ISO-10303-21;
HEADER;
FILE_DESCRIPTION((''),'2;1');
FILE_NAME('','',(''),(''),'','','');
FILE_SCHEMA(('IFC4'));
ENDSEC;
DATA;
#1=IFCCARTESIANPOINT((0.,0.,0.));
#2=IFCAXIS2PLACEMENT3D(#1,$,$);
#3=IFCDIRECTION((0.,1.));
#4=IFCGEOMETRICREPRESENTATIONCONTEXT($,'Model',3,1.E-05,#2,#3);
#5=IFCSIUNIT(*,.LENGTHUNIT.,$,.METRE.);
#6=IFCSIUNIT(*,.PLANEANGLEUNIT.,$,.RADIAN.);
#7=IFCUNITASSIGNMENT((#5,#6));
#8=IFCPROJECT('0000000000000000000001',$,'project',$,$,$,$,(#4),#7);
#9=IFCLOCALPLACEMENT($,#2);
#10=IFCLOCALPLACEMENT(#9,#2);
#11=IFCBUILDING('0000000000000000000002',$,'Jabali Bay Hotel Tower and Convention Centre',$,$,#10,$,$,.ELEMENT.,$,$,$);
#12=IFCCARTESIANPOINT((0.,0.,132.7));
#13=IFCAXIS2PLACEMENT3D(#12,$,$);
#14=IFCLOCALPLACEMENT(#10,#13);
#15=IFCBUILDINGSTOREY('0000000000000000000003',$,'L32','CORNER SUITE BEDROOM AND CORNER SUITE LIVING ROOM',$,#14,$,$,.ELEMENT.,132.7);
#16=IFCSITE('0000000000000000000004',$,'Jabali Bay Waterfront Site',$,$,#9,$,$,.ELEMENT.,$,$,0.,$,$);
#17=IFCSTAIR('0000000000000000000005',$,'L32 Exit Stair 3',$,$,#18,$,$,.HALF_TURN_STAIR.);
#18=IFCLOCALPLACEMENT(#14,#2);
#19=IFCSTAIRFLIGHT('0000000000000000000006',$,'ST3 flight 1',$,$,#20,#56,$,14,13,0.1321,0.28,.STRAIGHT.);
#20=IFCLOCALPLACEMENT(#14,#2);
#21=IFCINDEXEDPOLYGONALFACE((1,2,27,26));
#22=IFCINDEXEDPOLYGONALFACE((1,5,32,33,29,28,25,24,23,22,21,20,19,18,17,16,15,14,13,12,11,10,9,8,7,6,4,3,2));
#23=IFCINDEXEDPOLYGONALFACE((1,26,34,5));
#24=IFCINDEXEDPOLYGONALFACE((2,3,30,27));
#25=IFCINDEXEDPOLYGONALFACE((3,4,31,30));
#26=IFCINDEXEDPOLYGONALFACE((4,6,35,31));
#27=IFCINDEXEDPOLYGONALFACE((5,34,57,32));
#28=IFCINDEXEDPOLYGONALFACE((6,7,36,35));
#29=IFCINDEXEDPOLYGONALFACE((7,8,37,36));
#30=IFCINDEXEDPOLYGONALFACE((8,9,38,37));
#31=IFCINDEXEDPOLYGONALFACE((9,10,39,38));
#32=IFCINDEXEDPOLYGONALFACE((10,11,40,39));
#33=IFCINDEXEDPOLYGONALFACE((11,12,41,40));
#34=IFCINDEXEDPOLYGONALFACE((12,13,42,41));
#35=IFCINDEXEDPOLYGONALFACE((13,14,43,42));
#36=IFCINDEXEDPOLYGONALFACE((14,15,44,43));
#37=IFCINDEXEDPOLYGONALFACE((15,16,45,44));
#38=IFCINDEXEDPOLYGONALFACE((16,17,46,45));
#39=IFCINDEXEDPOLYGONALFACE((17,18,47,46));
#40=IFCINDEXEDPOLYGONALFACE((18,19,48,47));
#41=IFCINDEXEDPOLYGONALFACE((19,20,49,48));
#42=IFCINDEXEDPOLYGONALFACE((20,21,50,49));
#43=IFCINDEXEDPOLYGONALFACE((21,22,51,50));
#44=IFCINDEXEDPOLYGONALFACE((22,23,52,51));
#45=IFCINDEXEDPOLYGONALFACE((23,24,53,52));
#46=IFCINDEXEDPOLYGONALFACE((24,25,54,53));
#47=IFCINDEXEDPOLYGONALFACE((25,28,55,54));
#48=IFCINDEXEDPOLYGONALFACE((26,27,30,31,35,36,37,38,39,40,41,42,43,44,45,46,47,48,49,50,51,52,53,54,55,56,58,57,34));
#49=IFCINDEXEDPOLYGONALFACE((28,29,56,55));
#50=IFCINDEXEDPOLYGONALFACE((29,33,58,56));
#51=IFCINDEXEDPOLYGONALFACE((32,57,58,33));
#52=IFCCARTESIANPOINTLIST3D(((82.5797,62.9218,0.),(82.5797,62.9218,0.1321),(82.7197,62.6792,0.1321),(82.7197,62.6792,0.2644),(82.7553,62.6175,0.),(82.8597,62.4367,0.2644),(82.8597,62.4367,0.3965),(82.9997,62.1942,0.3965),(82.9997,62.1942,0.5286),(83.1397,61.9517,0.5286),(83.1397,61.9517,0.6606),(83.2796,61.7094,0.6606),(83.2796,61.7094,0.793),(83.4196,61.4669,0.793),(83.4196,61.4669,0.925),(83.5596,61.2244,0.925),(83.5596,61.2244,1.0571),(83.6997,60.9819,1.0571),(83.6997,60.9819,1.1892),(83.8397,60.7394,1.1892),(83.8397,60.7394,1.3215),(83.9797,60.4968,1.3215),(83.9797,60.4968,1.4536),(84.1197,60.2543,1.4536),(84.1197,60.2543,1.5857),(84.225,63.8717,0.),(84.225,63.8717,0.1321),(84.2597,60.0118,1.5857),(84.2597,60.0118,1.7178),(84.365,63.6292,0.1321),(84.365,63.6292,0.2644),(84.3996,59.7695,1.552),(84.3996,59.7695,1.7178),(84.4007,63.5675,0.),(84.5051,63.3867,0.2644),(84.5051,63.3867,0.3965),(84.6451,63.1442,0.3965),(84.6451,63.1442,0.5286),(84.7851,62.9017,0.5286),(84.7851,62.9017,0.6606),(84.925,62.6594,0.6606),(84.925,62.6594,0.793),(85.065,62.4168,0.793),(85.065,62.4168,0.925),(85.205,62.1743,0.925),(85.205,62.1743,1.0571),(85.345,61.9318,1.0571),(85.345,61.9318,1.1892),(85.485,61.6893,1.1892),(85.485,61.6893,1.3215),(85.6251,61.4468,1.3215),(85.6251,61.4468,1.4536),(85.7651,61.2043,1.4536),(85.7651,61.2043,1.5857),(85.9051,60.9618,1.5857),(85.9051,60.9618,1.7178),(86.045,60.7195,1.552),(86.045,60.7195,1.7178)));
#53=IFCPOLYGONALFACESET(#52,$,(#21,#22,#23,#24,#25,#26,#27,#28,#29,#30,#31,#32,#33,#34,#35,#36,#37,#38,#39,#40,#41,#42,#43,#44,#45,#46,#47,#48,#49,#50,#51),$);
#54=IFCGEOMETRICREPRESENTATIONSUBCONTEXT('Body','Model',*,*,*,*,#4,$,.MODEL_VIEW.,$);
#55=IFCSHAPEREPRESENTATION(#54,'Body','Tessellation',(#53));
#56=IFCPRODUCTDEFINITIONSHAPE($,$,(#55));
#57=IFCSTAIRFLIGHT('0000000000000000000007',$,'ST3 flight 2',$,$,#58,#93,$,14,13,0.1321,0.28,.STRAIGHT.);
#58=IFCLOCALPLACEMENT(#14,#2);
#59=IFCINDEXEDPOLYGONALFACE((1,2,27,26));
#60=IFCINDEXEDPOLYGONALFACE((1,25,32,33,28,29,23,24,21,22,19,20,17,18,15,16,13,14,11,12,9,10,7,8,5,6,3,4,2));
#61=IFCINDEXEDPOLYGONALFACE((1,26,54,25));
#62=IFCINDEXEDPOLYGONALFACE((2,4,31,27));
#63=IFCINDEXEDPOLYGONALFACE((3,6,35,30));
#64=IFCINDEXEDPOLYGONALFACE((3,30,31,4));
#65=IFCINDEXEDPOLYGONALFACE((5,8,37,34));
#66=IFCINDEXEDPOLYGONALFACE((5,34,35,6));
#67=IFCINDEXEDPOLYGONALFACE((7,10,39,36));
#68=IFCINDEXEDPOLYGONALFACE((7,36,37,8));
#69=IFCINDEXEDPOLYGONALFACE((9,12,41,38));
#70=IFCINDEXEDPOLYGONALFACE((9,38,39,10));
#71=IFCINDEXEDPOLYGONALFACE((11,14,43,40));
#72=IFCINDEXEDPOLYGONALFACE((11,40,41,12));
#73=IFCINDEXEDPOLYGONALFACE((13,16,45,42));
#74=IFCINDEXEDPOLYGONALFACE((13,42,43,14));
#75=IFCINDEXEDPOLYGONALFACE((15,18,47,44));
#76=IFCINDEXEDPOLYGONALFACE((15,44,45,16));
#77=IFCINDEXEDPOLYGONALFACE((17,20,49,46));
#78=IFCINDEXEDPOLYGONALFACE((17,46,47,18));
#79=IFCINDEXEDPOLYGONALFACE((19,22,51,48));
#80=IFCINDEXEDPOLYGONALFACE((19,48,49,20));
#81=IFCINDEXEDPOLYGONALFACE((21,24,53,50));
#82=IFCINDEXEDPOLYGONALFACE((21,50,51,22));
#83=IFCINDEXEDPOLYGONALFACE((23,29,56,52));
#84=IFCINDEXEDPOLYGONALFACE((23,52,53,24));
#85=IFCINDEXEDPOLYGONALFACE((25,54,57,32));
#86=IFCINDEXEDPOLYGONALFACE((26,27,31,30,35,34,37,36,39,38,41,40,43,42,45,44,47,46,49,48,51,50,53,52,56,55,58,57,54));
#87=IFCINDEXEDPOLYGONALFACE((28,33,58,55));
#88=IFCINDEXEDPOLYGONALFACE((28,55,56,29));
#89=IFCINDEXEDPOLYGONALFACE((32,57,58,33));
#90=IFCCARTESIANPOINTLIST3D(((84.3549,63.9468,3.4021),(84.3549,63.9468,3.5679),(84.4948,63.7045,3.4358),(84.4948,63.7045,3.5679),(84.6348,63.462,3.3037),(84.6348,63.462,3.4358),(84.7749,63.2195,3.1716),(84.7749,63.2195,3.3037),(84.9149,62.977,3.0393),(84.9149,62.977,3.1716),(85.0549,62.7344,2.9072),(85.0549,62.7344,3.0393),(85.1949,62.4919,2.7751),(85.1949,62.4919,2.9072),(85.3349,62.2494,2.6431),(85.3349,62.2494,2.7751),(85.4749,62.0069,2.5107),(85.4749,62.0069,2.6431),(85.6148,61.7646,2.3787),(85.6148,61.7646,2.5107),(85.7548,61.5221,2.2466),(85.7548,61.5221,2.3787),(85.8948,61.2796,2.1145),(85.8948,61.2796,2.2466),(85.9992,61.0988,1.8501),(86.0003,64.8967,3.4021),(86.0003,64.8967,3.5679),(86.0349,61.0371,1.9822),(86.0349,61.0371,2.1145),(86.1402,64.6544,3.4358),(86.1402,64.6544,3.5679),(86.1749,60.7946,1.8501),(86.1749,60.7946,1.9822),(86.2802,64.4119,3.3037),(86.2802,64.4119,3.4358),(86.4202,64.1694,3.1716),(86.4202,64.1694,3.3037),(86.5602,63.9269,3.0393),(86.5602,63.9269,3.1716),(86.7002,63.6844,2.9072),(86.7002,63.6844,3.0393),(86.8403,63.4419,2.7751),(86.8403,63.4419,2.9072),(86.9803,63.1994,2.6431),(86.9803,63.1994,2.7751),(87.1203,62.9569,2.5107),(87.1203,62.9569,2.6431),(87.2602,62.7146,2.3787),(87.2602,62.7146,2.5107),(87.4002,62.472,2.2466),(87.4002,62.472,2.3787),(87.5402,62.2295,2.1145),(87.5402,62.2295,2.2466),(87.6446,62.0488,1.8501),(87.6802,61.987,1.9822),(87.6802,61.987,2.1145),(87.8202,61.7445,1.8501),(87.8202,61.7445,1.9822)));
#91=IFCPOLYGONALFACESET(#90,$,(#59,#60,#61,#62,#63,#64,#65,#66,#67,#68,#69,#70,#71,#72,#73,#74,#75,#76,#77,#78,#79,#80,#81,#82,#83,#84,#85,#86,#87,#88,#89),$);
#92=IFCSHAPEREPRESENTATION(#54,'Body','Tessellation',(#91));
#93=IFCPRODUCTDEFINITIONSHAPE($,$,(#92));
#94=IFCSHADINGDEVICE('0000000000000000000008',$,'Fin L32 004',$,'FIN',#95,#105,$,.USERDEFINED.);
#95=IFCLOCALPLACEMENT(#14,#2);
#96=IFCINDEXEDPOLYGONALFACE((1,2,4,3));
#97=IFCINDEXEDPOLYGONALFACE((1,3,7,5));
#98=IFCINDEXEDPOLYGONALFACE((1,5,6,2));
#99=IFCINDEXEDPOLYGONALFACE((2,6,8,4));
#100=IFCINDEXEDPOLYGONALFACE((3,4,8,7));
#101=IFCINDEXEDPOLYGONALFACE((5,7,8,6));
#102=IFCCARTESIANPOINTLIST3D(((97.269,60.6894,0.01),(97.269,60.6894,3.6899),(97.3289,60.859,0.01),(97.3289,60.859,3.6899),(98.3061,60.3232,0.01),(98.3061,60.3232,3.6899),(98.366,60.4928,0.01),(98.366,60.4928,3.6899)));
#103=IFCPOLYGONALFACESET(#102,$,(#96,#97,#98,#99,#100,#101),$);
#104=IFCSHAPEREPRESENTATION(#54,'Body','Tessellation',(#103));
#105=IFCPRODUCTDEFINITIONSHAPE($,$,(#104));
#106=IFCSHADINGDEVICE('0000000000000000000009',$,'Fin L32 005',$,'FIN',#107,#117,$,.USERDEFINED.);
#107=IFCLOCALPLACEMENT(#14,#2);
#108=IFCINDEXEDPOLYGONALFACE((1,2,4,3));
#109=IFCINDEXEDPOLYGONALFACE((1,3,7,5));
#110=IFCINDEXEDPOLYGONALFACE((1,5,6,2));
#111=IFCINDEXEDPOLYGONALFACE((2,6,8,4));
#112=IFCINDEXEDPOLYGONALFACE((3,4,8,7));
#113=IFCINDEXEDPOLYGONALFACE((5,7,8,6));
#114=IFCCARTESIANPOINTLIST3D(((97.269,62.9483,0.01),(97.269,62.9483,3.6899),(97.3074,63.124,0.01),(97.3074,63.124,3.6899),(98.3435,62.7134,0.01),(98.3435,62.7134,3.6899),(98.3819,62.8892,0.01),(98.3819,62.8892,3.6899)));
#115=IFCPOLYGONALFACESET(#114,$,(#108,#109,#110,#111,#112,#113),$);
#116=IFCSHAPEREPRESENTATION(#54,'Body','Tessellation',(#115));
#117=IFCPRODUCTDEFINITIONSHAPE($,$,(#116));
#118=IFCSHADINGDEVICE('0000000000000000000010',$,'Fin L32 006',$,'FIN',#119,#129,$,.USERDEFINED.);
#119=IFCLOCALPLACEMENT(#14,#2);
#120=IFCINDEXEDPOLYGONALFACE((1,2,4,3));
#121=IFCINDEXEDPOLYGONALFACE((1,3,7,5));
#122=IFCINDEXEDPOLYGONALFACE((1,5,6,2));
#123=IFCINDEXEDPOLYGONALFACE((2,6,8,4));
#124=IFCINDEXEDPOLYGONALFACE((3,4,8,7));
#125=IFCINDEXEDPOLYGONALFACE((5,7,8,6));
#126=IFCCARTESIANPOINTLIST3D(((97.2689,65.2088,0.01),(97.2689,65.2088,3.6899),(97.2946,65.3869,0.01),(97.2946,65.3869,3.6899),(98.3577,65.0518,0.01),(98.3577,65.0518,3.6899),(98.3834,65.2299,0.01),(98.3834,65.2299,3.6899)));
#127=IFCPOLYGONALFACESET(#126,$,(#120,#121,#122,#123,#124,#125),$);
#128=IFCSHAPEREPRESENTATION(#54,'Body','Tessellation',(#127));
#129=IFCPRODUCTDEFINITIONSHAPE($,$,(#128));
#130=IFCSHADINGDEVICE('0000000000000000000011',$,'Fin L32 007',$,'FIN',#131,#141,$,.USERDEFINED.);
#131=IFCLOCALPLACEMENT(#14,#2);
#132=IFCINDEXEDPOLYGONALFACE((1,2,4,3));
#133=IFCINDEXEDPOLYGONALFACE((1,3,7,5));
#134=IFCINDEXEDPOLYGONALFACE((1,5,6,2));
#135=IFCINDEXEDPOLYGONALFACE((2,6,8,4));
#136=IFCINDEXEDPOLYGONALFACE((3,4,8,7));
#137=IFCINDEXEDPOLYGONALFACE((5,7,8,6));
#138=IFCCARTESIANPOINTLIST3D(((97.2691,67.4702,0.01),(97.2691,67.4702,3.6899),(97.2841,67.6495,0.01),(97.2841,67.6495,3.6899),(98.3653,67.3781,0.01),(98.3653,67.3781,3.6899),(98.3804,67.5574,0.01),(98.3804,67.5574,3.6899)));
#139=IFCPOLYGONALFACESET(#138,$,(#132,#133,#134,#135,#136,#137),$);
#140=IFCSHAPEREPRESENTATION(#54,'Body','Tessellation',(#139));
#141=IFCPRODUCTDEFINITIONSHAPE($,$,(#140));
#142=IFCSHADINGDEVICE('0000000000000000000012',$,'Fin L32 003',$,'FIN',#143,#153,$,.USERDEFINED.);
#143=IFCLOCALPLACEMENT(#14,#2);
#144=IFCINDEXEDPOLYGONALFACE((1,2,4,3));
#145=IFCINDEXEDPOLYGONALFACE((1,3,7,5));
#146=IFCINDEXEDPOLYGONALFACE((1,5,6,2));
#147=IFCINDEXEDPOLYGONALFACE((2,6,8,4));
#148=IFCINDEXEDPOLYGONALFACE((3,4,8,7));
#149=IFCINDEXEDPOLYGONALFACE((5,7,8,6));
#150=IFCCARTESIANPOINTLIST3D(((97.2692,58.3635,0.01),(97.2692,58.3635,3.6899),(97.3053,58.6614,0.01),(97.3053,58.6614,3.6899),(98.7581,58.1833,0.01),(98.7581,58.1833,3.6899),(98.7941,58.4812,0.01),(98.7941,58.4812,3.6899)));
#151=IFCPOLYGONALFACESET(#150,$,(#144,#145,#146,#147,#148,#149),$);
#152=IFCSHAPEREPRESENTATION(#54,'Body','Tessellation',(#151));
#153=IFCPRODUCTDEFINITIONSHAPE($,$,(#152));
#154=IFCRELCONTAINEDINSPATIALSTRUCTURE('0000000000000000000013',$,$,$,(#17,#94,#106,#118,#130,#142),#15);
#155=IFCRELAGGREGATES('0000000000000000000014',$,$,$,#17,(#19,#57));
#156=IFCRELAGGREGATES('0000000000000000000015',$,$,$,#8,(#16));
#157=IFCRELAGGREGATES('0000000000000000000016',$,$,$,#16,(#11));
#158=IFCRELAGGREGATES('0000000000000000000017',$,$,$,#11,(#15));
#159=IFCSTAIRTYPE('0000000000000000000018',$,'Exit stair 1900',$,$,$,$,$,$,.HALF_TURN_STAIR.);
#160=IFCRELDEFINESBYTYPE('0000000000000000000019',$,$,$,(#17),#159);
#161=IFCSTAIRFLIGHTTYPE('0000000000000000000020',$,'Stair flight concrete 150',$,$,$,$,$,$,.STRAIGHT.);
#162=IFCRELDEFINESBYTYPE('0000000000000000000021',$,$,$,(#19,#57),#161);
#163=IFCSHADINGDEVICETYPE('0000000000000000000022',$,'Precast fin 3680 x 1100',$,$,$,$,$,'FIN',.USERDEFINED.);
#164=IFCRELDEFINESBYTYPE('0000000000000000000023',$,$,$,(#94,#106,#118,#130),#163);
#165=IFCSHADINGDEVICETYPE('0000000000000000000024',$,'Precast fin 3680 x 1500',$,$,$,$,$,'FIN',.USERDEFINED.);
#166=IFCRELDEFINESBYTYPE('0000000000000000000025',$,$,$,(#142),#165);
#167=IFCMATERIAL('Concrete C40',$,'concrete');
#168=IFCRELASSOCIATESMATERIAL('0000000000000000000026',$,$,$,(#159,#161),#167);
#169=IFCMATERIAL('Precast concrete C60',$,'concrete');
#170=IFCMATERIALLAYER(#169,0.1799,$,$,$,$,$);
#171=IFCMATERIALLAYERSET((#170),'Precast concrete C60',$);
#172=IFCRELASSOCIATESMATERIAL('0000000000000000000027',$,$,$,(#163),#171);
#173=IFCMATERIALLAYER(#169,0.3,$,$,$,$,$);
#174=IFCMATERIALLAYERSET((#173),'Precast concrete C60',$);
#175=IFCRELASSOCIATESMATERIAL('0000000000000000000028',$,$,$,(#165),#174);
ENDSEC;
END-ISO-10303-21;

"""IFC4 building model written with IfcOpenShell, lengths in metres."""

from ifc_helpers import new_model, si_unit, direction, frame, frame_2d, origin, place, context, subcontext, project, spatial, polyline, rectangle, outline, extrude, material, layer, layer_set, type_object, element, aggregate, save


model = new_model("IFC4")

# Units and contexts
model_context = context("Model", 3, precision=1e-05, world=origin(), true_north=direction((0.0, 1.0)))
body_context = subcontext(model_context, "Body", "Model", "MODEL_VIEW")
ifc_project = project(units=[si_unit("LENGTHUNIT", "METRE"), si_unit("PLANEANGLEUNIT", "RADIAN")], contexts=[model_context])

# Site, building, storey
site_placement = place(None, origin())
site = spatial("IfcSite", under=ifc_project, at=site_placement, Name="Jabali Bay Waterfront Site", CompositionType="ELEMENT", RefElevation=0.0)
building_placement = place(site_placement, origin())
building = spatial("IfcBuilding", under=site, at=building_placement, Name="Jabali Bay Hotel Tower and Convention Centre", CompositionType="ELEMENT")
storey_placement = place(building_placement, frame((0.0, 0.0, 132.7)))
storey = spatial("IfcBuildingStorey", under=building, at=storey_placement, Name="L32", Description="CORNER SUITE BEDROOM AND CORNER SUITE LIVING ROOM", CompositionType="ELEMENT", Elevation=132.7)

# Shared definitions
ifc_material_1 = material(Name="Concrete C40", Category="concrete")

# Stair, stair flights
stair_type = type_object("IfcStairType", Name="Exit stair 1900", PredefinedType="HALF_TURN_STAIR", material=ifc_material_1)
stair_placement = place(storey_placement, origin())
stair = element("IfcStair", 1, at=stair_placement, inside=storey, type_object=stair_type, Name="L32 Exit Stair 3", PredefinedType="HALF_TURN_STAIR")
stair_flight_type = type_object("IfcStairFlightType", Name="Stair flight concrete 150", PredefinedType="STRAIGHT", material=ifc_material_1)
stair_flight_1_placement = place(storey_placement, frame((83.4023, 63.3967, 0.0), z_axis=(0.0, 0.0, 1.0), x_axis=(0.5, -0.866025, 0.0)))
stair_flight_1 = element("IfcStairFlight", 2, at=stair_flight_1_placement, type_object=stair_flight_type, Name="ST3 flight 1", NumberOfRisers=14, NumberOfTreads=13, PredefinedType="STRAIGHT", RiserHeight=0.1321, TreadLength=0.28, context=body_context, shape_type="SweptSolid", body=[
    extrude(outline(polyline([(0.0, 0.0), (0.0, 0.1321), (0.28, 0.1321), (0.28, 0.2644), (0.5601, 0.2644), (0.5601, 0.3965), (0.8401, 0.3965), (0.8401, 0.5286), (1.1201, 0.5286), (1.1201, 0.6606), (1.3999, 0.6606), (1.3999, 0.793), (1.6799, 0.793), (1.6799, 0.925), (1.96, 0.925), (1.96, 1.0571), (2.24, 1.0571), (2.24, 1.1892), (2.52, 1.1892), (2.52, 1.3215), (2.8, 1.3215), (2.8, 1.4536), (3.0801, 1.4536), (3.0801, 1.5857), (3.3601, 1.5857), (3.3601, 1.7178), (3.6399, 1.7178), (3.6399, 1.8501), (3.6399, 1.552), (0.3513, 0.0), (0.0, 0.0)])), frame((0.0, 0.95, 0.0), z_axis=(0.0, -1.0, 0.0), x_axis=(1.0, 0.0, 0.0)), (0.0, 0.0, 1.0), 1.8999),
])
stair_flight_2_placement = place(storey_placement, frame((86.9976, 61.2695, 1.8501), z_axis=(0.0, 0.0, 1.0), x_axis=(-0.5, 0.866025, 0.0)))
stair_flight_2 = element("IfcStairFlight", 3, at=stair_flight_2_placement, type_object=stair_flight_type, Name="ST3 flight 2", NumberOfRisers=14, NumberOfTreads=13, PredefinedType="STRAIGHT", RiserHeight=0.1321, TreadLength=0.28, context=body_context, shape_type="SweptSolid", body=[
    extrude(outline(polyline([(0.0, 0.0), (0.0, 0.1321), (0.28, 0.1321), (0.28, 0.2644), (0.5601, 0.2644), (0.5601, 0.3965), (0.8401, 0.3965), (0.8401, 0.5286), (1.1201, 0.5286), (1.1201, 0.6606), (1.3999, 0.6606), (1.3999, 0.793), (1.6799, 0.793), (1.6799, 0.925), (1.96, 0.925), (1.96, 1.0571), (2.24, 1.0571), (2.24, 1.1892), (2.52, 1.1892), (2.52, 1.3215), (2.8, 1.3215), (2.8, 1.4536), (3.0801, 1.4536), (3.0801, 1.5857), (3.3601, 1.5857), (3.3601, 1.7178), (3.6399, 1.7178), (3.6399, 1.8501), (3.6399, 1.552), (0.3513, 0.0), (0.0, 0.0)])), frame((0.0, 0.95, 0.0), z_axis=(0.0, -1.0, 0.0), x_axis=(1.0, 0.0, 0.0)), (0.0, 0.0, 1.0), 1.8999),
])
aggregate(stair, [stair_flight_1, stair_flight_2])

# Shading devices
ifc_material_2 = material(Name="Precast concrete C60", Category="concrete")
ifc_layer_1 = layer(ifc_material_2, 0.1799)
ifc_layer_set_1 = layer_set([ifc_layer_1], Name="Precast concrete C60")
shading_device_type_1 = type_object("IfcShadingDeviceType", Name="Precast fin 3680 x 1100", ElementType="FIN", PredefinedType="USERDEFINED", material=ifc_layer_set_1)
for number, where, z_axis, x_axis, name in (
    (4, (97.2991, 60.7742, 0.01), (0.0, 0.0, 1.0), (0.942941, -0.332959, 0.0), "Fin L32 004"),
    (5, (97.2883, 63.0361, 0.01), (0.0, 0.0, 1.0), (0.976933, -0.213545, 0.0), "Fin L32 005"),
):
    element("IfcShadingDevice", number, at=place(storey_placement, frame(where, z_axis=z_axis, x_axis=x_axis)), inside=storey, type_object=shading_device_type_1, Name=name, ObjectType="FIN", PredefinedType="USERDEFINED", context=body_context, shape_type="SweptSolid", body=[
        extrude(rectangle(XDim=1.0999, YDim=0.1799, at=frame_2d((0.5498, 0.0))), origin(), (0.0, 0.0, 1.0), 3.6799),
    ])
for number, where, z_axis, x_axis, name in (
    (6, (97.2817, 65.2979, 0.01), (0.0, 0.0, 1.0), (0.989767, -0.142695, 0.0), "Fin L32 006"),
    (7, (97.2766, 67.5598, 0.01), (0.0, 0.0, 1.0), (0.996494, -0.08367, 0.0), "Fin L32 007"),
):
    element("IfcShadingDevice", number, at=place(storey_placement, frame(where, z_axis=z_axis, x_axis=x_axis)), inside=storey, type_object=shading_device_type_1, Name=name, ObjectType="FIN", PredefinedType="USERDEFINED", context=body_context, shape_type="SweptSolid", body=[
        extrude(rectangle(XDim=1.1001, YDim=0.1799, at=frame_2d((0.55, 0.0))), origin(), (0.0, 0.0, 1.0), 3.6799),
    ])
ifc_layer_2 = layer(ifc_material_2, 0.3)
ifc_layer_set_2 = layer_set([ifc_layer_2], Name="Precast concrete C60")
shading_device_type_2 = type_object("IfcShadingDeviceType", Name="Precast fin 3680 x 1500", ElementType="FIN", PredefinedType="USERDEFINED", material=ifc_layer_set_2)
shading_device_placement = place(storey_placement, frame((97.2871, 58.5125, 0.01), z_axis=(0.0, 0.0, 1.0), x_axis=(0.992759, -0.120127, 0.0)))
element("IfcShadingDevice", 8, at=shading_device_placement, inside=storey, type_object=shading_device_type_2, Name="Fin L32 003", ObjectType="FIN", PredefinedType="USERDEFINED", context=body_context, shape_type="SweptSolid", body=[
    extrude(rectangle(XDim=1.4998, YDim=0.3, at=frame_2d((0.75, 0.0))), origin(), (0.0, 0.0, 1.0), 3.6799),
])

save(model, "model.ifc")
